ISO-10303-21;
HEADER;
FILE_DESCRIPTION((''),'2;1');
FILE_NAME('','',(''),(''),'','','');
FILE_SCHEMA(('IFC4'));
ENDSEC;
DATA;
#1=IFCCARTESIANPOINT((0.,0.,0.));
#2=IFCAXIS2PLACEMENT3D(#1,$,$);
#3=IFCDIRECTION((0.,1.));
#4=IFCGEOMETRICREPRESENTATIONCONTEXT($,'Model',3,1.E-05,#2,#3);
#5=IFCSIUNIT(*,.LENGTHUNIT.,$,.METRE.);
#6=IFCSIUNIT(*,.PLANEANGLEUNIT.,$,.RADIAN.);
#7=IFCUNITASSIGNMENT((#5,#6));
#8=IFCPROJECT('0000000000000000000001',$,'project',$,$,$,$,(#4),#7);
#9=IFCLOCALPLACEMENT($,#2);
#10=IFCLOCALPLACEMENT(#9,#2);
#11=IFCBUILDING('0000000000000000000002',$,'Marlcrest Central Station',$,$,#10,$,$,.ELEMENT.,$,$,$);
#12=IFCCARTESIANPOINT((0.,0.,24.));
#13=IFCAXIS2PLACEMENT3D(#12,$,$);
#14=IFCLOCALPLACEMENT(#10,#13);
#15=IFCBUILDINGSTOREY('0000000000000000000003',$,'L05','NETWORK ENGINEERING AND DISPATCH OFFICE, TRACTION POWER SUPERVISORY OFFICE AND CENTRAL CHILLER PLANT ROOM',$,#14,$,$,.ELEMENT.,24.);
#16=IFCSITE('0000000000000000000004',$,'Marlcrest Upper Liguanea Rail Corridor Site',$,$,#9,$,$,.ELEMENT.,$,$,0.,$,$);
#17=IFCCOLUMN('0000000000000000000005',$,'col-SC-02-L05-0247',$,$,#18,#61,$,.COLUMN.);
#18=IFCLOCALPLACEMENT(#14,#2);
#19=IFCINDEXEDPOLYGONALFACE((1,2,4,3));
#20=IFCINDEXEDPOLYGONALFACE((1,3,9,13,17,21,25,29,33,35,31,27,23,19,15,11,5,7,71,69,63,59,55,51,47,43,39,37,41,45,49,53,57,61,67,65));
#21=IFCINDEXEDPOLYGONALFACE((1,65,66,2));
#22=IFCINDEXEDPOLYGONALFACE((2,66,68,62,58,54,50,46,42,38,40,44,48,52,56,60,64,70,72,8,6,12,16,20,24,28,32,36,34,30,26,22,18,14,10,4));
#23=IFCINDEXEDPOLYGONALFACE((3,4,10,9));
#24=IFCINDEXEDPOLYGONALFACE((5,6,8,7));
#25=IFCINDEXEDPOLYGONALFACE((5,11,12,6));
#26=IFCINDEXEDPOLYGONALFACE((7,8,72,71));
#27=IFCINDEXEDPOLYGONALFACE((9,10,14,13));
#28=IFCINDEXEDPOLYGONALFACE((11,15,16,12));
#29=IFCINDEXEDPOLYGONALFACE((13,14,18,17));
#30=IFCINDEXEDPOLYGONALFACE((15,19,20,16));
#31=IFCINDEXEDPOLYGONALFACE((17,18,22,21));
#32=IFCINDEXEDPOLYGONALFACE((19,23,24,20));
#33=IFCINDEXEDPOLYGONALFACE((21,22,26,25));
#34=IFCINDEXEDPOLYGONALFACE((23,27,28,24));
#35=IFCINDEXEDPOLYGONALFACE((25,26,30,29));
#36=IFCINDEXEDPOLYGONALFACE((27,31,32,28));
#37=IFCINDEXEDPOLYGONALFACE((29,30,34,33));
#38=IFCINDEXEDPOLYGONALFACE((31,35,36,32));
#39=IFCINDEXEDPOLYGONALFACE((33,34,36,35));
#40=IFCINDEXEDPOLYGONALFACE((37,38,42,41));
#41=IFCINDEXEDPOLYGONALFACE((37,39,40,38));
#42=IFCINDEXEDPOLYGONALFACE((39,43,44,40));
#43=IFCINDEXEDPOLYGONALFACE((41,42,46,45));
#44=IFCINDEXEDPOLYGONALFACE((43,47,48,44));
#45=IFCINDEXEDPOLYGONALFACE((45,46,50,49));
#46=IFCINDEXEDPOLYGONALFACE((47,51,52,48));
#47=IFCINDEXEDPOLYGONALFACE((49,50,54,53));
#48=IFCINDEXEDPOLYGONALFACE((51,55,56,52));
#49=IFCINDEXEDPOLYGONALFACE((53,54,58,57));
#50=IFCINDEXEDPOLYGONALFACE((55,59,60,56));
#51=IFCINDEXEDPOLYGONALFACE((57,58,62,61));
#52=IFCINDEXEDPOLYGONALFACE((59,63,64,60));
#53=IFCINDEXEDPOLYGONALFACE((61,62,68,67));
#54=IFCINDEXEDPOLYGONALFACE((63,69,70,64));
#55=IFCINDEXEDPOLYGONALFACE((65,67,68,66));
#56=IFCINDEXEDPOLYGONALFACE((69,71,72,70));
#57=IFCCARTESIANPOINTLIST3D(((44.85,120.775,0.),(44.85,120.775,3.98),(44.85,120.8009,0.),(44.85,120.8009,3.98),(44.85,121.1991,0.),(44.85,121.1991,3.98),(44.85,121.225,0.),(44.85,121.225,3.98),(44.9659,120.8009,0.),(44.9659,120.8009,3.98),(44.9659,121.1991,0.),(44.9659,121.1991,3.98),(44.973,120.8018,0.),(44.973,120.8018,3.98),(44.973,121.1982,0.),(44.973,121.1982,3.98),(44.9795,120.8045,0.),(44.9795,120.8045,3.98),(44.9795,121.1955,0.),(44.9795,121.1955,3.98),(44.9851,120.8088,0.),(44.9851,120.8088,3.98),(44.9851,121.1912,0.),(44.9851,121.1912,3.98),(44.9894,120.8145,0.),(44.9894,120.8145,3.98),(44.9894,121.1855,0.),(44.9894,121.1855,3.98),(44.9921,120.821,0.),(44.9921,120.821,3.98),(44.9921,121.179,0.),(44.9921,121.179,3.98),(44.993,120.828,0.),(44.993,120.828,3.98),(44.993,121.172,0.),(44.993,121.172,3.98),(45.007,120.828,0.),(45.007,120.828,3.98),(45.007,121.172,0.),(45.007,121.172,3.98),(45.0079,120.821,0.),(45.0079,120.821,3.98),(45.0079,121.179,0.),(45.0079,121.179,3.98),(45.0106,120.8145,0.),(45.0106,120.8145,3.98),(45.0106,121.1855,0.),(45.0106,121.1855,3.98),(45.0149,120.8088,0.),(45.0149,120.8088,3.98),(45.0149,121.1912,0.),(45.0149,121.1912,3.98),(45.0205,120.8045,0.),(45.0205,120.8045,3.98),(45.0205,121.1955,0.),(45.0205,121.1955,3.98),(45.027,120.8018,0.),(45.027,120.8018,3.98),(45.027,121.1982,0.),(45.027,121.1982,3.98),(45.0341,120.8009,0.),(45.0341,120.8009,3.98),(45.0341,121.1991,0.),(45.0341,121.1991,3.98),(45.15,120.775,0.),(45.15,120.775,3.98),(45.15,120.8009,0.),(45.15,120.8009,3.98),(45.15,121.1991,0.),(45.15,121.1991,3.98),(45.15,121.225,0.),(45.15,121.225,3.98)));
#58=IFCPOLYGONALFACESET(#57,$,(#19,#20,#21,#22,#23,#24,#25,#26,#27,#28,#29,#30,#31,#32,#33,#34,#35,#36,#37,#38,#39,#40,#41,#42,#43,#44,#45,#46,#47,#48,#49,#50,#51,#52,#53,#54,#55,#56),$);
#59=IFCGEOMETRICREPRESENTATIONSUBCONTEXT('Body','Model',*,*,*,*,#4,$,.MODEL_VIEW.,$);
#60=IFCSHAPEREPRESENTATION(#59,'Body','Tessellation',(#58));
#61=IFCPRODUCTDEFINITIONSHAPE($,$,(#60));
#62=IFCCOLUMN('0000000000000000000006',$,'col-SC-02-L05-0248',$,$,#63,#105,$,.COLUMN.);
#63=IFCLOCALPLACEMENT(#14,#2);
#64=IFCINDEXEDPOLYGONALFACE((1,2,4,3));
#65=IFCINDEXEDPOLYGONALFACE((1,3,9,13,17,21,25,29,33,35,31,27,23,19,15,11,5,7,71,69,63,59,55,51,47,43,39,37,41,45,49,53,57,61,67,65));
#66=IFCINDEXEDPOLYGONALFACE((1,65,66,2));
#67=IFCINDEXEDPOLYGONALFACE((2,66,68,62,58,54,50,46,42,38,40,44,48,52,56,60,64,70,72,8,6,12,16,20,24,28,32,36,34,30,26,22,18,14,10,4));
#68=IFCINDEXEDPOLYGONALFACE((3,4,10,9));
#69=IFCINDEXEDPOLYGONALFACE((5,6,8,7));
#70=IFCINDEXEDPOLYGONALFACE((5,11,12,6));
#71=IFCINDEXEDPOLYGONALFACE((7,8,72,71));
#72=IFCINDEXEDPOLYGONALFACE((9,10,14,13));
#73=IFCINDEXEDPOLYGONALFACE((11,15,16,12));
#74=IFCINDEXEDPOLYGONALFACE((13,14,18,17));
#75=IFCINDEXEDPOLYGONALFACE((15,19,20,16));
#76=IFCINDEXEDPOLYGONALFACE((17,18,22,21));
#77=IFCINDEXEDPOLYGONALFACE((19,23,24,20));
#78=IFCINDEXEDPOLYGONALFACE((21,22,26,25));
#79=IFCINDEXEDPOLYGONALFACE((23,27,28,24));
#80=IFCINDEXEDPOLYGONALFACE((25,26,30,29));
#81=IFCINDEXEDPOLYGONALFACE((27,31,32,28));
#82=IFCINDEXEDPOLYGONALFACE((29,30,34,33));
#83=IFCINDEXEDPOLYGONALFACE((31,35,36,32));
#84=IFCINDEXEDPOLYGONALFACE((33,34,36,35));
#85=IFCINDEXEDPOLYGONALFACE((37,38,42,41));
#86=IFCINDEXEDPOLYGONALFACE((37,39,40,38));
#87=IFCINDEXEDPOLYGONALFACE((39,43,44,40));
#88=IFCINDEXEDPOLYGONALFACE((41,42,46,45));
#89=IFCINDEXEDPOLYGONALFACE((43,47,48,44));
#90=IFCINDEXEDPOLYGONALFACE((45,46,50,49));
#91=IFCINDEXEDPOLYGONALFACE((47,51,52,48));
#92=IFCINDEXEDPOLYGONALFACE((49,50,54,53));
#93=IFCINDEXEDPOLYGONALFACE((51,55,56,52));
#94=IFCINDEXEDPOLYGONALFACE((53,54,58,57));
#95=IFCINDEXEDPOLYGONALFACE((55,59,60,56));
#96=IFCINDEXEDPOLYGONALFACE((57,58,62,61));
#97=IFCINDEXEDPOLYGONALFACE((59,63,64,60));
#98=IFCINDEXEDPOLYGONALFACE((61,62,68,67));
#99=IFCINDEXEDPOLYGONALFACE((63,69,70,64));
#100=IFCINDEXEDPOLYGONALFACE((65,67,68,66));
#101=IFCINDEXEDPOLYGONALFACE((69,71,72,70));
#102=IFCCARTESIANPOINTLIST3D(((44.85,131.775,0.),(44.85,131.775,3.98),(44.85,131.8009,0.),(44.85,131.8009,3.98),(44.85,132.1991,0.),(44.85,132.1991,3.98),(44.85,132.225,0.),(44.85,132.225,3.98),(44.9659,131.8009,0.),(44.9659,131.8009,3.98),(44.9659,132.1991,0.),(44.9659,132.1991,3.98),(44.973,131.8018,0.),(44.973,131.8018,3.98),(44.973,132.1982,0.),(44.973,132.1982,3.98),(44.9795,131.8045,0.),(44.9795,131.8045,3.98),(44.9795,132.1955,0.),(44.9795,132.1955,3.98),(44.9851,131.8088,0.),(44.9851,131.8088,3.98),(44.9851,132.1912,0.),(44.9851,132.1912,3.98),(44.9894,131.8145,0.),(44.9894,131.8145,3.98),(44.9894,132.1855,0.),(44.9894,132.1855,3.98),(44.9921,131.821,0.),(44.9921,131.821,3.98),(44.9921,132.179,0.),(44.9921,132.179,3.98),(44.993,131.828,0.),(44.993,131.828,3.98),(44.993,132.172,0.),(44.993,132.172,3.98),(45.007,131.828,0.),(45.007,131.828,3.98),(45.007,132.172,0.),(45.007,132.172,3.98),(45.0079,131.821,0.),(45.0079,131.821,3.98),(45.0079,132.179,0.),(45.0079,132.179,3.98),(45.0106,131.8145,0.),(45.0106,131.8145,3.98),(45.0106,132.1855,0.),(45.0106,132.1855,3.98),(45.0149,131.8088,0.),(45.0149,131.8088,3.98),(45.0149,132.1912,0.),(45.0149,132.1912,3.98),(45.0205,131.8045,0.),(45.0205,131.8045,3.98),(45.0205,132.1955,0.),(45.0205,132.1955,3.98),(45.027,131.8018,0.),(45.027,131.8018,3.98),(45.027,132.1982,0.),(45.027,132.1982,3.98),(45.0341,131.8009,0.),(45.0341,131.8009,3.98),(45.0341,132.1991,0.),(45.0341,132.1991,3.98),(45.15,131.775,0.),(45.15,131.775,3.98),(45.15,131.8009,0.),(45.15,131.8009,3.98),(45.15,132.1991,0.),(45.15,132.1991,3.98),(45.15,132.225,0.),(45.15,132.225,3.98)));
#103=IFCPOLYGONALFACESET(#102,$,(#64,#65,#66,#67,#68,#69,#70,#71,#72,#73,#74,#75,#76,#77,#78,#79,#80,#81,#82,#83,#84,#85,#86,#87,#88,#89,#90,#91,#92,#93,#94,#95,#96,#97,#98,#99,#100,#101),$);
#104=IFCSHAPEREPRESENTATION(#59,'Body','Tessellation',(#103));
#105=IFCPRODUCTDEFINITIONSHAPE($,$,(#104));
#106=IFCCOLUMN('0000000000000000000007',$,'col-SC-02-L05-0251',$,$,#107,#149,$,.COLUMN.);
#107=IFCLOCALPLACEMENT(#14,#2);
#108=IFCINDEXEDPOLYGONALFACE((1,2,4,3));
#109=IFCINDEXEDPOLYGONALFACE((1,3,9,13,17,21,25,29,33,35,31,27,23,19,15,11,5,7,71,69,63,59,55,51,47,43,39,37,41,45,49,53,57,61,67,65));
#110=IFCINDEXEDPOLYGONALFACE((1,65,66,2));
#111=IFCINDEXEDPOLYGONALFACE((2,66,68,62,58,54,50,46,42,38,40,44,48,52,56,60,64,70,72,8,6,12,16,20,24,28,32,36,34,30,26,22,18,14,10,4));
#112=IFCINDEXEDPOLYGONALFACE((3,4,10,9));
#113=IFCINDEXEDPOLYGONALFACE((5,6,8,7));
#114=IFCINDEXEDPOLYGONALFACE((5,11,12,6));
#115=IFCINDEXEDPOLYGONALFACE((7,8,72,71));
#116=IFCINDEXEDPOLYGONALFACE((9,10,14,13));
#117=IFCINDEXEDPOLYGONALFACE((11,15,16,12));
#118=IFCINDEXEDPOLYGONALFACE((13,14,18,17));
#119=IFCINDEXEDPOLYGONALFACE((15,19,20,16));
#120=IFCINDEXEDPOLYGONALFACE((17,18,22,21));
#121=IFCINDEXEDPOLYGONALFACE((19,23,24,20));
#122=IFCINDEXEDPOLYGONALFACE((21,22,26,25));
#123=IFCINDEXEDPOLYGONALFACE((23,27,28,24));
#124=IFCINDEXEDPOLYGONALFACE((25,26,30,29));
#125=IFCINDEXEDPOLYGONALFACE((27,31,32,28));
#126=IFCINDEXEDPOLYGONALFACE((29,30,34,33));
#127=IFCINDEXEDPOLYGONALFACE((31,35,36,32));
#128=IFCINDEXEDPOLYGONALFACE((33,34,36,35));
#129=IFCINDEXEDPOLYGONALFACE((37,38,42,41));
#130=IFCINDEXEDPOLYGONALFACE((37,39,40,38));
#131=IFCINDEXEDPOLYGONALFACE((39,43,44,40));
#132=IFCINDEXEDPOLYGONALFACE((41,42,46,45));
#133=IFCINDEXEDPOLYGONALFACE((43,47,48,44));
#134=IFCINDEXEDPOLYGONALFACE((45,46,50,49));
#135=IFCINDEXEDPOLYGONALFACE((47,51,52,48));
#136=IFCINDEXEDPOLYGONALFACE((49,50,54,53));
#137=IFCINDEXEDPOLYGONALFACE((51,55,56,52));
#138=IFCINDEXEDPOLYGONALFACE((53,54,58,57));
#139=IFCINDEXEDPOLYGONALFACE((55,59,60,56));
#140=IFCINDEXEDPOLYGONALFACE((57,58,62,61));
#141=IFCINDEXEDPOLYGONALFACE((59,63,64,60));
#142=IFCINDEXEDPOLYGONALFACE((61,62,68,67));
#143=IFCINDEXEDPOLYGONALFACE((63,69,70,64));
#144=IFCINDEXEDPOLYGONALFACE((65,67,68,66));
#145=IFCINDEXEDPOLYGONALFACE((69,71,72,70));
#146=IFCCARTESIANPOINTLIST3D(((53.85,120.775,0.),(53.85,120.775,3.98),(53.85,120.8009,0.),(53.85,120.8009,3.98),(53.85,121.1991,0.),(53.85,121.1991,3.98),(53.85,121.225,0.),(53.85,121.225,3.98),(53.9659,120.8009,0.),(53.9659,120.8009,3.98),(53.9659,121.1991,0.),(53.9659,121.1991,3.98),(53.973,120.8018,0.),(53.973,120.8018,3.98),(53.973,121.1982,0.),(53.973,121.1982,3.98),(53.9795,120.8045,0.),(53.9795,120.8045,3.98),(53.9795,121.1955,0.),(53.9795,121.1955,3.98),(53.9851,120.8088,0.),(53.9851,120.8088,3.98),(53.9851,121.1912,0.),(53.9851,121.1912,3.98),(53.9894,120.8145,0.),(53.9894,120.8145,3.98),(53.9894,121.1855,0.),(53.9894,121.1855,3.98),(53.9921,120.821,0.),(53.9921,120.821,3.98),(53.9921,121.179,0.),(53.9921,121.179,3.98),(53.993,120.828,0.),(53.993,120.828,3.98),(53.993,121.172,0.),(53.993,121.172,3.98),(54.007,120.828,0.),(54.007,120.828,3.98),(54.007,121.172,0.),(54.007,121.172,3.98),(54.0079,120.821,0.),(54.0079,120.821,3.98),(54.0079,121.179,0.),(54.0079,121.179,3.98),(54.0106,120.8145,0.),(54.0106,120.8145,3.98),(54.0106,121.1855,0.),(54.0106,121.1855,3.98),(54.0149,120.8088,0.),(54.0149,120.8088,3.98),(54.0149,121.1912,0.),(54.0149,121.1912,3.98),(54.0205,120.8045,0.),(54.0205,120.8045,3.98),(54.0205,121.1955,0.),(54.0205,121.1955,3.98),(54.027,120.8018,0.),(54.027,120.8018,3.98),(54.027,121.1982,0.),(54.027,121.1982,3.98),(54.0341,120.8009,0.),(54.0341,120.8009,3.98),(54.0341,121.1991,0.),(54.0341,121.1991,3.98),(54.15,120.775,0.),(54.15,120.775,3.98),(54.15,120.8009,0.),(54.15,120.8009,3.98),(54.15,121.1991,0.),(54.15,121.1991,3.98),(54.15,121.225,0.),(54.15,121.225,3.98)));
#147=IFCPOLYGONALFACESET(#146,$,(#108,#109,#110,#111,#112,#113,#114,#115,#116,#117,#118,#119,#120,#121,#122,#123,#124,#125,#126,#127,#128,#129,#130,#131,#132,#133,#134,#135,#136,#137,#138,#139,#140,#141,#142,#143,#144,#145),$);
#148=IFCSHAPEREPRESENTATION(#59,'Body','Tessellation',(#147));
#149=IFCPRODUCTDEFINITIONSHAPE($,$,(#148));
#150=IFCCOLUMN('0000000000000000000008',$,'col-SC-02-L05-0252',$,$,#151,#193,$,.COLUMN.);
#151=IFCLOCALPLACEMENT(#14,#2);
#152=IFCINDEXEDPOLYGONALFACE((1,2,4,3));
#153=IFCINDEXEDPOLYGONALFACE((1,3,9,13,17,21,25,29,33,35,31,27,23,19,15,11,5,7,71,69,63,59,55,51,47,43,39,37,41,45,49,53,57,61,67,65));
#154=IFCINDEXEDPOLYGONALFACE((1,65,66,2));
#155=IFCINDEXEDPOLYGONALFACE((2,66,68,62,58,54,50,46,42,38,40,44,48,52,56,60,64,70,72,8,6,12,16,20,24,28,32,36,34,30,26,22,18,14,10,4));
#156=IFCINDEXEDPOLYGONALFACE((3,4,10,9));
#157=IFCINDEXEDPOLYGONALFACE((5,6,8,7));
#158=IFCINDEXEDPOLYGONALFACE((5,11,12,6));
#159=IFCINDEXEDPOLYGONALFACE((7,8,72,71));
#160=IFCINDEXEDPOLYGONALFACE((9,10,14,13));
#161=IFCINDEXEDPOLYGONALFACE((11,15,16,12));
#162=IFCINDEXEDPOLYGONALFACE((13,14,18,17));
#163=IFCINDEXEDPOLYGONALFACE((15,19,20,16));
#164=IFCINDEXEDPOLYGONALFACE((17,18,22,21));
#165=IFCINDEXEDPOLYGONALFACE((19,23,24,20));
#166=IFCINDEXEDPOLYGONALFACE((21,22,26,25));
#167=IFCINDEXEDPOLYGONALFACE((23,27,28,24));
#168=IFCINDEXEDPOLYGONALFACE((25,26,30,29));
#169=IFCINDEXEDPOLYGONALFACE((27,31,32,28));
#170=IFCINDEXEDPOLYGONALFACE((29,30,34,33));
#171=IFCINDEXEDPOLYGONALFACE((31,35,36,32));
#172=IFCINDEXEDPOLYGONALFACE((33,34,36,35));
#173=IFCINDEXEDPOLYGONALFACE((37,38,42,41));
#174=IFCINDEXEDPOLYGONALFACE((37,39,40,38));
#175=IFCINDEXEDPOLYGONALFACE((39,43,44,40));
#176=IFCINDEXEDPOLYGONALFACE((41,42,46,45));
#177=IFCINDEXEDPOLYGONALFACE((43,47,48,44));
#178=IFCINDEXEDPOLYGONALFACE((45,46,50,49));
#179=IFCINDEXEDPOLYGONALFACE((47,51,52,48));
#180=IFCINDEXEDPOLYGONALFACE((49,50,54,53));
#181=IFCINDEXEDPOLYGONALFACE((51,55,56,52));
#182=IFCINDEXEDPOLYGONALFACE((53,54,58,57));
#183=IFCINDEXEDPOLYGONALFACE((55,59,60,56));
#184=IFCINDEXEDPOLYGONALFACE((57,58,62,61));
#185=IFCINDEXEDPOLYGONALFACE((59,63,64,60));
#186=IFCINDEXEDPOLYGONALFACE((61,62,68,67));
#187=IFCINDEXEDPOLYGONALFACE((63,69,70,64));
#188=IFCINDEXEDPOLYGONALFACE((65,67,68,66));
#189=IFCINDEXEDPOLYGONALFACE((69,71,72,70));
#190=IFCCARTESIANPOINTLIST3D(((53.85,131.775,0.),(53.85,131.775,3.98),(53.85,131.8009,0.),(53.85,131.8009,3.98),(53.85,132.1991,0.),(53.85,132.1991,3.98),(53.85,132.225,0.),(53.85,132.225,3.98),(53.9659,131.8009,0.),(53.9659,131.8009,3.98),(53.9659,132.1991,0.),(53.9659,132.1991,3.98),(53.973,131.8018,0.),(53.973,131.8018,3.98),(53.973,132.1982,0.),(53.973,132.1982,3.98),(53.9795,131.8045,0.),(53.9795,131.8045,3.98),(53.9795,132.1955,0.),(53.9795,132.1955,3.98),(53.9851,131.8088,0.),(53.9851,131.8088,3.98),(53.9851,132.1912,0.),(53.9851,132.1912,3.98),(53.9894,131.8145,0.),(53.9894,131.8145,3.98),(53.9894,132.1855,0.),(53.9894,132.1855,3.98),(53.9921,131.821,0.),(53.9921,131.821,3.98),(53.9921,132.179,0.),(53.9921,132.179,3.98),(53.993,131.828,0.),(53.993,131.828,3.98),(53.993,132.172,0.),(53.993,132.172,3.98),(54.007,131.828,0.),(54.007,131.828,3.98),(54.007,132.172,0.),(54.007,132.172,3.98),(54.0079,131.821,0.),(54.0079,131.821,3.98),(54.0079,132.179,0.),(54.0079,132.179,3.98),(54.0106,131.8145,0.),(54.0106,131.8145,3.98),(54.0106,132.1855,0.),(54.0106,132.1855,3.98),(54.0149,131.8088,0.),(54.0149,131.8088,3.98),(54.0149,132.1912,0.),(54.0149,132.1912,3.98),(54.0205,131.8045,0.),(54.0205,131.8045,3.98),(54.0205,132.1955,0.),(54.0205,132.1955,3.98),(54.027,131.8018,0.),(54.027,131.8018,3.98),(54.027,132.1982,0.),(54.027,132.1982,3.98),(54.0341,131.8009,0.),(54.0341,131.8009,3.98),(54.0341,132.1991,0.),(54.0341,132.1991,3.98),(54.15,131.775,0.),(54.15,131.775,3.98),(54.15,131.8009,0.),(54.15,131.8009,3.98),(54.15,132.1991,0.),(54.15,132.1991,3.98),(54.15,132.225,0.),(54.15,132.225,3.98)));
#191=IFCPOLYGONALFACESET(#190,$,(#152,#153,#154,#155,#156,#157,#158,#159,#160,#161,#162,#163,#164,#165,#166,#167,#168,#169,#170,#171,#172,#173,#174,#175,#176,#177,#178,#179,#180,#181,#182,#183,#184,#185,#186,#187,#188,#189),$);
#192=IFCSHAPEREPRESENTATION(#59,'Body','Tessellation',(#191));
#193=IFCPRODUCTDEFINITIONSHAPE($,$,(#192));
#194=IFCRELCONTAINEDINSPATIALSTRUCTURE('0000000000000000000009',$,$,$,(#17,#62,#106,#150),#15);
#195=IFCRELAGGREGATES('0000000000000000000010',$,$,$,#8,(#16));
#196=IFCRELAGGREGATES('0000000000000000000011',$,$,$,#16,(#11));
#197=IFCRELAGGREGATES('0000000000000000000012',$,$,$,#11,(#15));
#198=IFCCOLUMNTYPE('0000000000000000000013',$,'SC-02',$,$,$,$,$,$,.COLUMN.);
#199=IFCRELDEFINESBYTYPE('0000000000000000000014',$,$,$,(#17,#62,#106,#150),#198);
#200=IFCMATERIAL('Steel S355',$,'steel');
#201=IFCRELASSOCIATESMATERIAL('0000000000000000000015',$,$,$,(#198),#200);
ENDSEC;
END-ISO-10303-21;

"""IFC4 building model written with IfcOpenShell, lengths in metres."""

from ifc_helpers import new_model, si_unit, direction, frame, origin, origin_2d, place, context, subcontext, project, spatial, i_section, extrude, material, material_profile, profile_set, type_object, element, save


model = new_model("IFC4")

# Units and contexts
model_context = context("Model", 3, precision=1e-05, world=origin(), true_north=direction((0.0, 1.0)))
body_context = subcontext(model_context, "Body", "Model", "MODEL_VIEW")
ifc_project = project(units=[si_unit("LENGTHUNIT", "METRE"), si_unit("PLANEANGLEUNIT", "RADIAN")], contexts=[model_context])

# Site, building, storey
site_placement = place(None, origin())
site = spatial("IfcSite", under=ifc_project, at=site_placement, Name="Marlcrest Upper Liguanea Rail Corridor Site", CompositionType="ELEMENT", RefElevation=0.0)
building_placement = place(site_placement, origin())
building = spatial("IfcBuilding", under=site, at=building_placement, Name="Marlcrest Central Station", CompositionType="ELEMENT")
storey_placement = place(building_placement, frame((0.0, 0.0, 24.0)))
storey = spatial("IfcBuildingStorey", under=building, at=storey_placement, Name="L05", Description="NETWORK ENGINEERING AND DISPATCH OFFICE, TRACTION POWER SUPERVISORY OFFICE AND CENTRAL CHILLER PLANT ROOM", CompositionType="ELEMENT", Elevation=24.0)

# Columns
ifc_material_1 = material(Name="Steel S355", Category="steel")
ifc_material_profile_1 = material_profile(ifc_material_1, i_section(OverallWidth=0.3, OverallDepth=0.45, WebThickness=0.0139, FlangeThickness=0.0259, FilletRadius=0.0271, at=origin_2d()), Name="HEB 450")
ifc_profile_set_1 = profile_set([ifc_material_profile_1], Name="Steel S355")
column_type = type_object("IfcColumnType", Name="SC-02", PredefinedType="COLUMN", material=ifc_profile_set_1)
for number, where, z_axis, x_axis, name in (
    (1, (45.0, 121.0, 0.0), (0.0, 0.0, 1.0), (1.0, 0.0, 0.0), "col-SC-02-L05-0247"),
    (2, (45.0, 132.0, 0.0), (0.0, 0.0, 1.0), (1.0, 0.0, 0.0), "col-SC-02-L05-0248"),
    (3, (54.0, 121.0, 0.0), (0.0, 0.0, 1.0), (1.0, 0.0, 0.0), "col-SC-02-L05-0251"),
    (4, (54.0, 132.0, 0.0), (0.0, 0.0, 1.0), (1.0, 0.0, 0.0), "col-SC-02-L05-0252"),
):
    element("IfcColumn", number, at=place(storey_placement, frame(where, z_axis=z_axis, x_axis=x_axis)), inside=storey, type_object=column_type, Name=name, PredefinedType="COLUMN", context=body_context, shape_type="SweptSolid", body=[
        extrude(i_section(OverallWidth=0.3, OverallDepth=0.45, WebThickness=0.0139, FlangeThickness=0.0259, FilletRadius=0.0271, at=origin_2d()), origin(), (0.0, 0.0, 1.0), 3.98),
    ])

save(model, "model.ifc")
